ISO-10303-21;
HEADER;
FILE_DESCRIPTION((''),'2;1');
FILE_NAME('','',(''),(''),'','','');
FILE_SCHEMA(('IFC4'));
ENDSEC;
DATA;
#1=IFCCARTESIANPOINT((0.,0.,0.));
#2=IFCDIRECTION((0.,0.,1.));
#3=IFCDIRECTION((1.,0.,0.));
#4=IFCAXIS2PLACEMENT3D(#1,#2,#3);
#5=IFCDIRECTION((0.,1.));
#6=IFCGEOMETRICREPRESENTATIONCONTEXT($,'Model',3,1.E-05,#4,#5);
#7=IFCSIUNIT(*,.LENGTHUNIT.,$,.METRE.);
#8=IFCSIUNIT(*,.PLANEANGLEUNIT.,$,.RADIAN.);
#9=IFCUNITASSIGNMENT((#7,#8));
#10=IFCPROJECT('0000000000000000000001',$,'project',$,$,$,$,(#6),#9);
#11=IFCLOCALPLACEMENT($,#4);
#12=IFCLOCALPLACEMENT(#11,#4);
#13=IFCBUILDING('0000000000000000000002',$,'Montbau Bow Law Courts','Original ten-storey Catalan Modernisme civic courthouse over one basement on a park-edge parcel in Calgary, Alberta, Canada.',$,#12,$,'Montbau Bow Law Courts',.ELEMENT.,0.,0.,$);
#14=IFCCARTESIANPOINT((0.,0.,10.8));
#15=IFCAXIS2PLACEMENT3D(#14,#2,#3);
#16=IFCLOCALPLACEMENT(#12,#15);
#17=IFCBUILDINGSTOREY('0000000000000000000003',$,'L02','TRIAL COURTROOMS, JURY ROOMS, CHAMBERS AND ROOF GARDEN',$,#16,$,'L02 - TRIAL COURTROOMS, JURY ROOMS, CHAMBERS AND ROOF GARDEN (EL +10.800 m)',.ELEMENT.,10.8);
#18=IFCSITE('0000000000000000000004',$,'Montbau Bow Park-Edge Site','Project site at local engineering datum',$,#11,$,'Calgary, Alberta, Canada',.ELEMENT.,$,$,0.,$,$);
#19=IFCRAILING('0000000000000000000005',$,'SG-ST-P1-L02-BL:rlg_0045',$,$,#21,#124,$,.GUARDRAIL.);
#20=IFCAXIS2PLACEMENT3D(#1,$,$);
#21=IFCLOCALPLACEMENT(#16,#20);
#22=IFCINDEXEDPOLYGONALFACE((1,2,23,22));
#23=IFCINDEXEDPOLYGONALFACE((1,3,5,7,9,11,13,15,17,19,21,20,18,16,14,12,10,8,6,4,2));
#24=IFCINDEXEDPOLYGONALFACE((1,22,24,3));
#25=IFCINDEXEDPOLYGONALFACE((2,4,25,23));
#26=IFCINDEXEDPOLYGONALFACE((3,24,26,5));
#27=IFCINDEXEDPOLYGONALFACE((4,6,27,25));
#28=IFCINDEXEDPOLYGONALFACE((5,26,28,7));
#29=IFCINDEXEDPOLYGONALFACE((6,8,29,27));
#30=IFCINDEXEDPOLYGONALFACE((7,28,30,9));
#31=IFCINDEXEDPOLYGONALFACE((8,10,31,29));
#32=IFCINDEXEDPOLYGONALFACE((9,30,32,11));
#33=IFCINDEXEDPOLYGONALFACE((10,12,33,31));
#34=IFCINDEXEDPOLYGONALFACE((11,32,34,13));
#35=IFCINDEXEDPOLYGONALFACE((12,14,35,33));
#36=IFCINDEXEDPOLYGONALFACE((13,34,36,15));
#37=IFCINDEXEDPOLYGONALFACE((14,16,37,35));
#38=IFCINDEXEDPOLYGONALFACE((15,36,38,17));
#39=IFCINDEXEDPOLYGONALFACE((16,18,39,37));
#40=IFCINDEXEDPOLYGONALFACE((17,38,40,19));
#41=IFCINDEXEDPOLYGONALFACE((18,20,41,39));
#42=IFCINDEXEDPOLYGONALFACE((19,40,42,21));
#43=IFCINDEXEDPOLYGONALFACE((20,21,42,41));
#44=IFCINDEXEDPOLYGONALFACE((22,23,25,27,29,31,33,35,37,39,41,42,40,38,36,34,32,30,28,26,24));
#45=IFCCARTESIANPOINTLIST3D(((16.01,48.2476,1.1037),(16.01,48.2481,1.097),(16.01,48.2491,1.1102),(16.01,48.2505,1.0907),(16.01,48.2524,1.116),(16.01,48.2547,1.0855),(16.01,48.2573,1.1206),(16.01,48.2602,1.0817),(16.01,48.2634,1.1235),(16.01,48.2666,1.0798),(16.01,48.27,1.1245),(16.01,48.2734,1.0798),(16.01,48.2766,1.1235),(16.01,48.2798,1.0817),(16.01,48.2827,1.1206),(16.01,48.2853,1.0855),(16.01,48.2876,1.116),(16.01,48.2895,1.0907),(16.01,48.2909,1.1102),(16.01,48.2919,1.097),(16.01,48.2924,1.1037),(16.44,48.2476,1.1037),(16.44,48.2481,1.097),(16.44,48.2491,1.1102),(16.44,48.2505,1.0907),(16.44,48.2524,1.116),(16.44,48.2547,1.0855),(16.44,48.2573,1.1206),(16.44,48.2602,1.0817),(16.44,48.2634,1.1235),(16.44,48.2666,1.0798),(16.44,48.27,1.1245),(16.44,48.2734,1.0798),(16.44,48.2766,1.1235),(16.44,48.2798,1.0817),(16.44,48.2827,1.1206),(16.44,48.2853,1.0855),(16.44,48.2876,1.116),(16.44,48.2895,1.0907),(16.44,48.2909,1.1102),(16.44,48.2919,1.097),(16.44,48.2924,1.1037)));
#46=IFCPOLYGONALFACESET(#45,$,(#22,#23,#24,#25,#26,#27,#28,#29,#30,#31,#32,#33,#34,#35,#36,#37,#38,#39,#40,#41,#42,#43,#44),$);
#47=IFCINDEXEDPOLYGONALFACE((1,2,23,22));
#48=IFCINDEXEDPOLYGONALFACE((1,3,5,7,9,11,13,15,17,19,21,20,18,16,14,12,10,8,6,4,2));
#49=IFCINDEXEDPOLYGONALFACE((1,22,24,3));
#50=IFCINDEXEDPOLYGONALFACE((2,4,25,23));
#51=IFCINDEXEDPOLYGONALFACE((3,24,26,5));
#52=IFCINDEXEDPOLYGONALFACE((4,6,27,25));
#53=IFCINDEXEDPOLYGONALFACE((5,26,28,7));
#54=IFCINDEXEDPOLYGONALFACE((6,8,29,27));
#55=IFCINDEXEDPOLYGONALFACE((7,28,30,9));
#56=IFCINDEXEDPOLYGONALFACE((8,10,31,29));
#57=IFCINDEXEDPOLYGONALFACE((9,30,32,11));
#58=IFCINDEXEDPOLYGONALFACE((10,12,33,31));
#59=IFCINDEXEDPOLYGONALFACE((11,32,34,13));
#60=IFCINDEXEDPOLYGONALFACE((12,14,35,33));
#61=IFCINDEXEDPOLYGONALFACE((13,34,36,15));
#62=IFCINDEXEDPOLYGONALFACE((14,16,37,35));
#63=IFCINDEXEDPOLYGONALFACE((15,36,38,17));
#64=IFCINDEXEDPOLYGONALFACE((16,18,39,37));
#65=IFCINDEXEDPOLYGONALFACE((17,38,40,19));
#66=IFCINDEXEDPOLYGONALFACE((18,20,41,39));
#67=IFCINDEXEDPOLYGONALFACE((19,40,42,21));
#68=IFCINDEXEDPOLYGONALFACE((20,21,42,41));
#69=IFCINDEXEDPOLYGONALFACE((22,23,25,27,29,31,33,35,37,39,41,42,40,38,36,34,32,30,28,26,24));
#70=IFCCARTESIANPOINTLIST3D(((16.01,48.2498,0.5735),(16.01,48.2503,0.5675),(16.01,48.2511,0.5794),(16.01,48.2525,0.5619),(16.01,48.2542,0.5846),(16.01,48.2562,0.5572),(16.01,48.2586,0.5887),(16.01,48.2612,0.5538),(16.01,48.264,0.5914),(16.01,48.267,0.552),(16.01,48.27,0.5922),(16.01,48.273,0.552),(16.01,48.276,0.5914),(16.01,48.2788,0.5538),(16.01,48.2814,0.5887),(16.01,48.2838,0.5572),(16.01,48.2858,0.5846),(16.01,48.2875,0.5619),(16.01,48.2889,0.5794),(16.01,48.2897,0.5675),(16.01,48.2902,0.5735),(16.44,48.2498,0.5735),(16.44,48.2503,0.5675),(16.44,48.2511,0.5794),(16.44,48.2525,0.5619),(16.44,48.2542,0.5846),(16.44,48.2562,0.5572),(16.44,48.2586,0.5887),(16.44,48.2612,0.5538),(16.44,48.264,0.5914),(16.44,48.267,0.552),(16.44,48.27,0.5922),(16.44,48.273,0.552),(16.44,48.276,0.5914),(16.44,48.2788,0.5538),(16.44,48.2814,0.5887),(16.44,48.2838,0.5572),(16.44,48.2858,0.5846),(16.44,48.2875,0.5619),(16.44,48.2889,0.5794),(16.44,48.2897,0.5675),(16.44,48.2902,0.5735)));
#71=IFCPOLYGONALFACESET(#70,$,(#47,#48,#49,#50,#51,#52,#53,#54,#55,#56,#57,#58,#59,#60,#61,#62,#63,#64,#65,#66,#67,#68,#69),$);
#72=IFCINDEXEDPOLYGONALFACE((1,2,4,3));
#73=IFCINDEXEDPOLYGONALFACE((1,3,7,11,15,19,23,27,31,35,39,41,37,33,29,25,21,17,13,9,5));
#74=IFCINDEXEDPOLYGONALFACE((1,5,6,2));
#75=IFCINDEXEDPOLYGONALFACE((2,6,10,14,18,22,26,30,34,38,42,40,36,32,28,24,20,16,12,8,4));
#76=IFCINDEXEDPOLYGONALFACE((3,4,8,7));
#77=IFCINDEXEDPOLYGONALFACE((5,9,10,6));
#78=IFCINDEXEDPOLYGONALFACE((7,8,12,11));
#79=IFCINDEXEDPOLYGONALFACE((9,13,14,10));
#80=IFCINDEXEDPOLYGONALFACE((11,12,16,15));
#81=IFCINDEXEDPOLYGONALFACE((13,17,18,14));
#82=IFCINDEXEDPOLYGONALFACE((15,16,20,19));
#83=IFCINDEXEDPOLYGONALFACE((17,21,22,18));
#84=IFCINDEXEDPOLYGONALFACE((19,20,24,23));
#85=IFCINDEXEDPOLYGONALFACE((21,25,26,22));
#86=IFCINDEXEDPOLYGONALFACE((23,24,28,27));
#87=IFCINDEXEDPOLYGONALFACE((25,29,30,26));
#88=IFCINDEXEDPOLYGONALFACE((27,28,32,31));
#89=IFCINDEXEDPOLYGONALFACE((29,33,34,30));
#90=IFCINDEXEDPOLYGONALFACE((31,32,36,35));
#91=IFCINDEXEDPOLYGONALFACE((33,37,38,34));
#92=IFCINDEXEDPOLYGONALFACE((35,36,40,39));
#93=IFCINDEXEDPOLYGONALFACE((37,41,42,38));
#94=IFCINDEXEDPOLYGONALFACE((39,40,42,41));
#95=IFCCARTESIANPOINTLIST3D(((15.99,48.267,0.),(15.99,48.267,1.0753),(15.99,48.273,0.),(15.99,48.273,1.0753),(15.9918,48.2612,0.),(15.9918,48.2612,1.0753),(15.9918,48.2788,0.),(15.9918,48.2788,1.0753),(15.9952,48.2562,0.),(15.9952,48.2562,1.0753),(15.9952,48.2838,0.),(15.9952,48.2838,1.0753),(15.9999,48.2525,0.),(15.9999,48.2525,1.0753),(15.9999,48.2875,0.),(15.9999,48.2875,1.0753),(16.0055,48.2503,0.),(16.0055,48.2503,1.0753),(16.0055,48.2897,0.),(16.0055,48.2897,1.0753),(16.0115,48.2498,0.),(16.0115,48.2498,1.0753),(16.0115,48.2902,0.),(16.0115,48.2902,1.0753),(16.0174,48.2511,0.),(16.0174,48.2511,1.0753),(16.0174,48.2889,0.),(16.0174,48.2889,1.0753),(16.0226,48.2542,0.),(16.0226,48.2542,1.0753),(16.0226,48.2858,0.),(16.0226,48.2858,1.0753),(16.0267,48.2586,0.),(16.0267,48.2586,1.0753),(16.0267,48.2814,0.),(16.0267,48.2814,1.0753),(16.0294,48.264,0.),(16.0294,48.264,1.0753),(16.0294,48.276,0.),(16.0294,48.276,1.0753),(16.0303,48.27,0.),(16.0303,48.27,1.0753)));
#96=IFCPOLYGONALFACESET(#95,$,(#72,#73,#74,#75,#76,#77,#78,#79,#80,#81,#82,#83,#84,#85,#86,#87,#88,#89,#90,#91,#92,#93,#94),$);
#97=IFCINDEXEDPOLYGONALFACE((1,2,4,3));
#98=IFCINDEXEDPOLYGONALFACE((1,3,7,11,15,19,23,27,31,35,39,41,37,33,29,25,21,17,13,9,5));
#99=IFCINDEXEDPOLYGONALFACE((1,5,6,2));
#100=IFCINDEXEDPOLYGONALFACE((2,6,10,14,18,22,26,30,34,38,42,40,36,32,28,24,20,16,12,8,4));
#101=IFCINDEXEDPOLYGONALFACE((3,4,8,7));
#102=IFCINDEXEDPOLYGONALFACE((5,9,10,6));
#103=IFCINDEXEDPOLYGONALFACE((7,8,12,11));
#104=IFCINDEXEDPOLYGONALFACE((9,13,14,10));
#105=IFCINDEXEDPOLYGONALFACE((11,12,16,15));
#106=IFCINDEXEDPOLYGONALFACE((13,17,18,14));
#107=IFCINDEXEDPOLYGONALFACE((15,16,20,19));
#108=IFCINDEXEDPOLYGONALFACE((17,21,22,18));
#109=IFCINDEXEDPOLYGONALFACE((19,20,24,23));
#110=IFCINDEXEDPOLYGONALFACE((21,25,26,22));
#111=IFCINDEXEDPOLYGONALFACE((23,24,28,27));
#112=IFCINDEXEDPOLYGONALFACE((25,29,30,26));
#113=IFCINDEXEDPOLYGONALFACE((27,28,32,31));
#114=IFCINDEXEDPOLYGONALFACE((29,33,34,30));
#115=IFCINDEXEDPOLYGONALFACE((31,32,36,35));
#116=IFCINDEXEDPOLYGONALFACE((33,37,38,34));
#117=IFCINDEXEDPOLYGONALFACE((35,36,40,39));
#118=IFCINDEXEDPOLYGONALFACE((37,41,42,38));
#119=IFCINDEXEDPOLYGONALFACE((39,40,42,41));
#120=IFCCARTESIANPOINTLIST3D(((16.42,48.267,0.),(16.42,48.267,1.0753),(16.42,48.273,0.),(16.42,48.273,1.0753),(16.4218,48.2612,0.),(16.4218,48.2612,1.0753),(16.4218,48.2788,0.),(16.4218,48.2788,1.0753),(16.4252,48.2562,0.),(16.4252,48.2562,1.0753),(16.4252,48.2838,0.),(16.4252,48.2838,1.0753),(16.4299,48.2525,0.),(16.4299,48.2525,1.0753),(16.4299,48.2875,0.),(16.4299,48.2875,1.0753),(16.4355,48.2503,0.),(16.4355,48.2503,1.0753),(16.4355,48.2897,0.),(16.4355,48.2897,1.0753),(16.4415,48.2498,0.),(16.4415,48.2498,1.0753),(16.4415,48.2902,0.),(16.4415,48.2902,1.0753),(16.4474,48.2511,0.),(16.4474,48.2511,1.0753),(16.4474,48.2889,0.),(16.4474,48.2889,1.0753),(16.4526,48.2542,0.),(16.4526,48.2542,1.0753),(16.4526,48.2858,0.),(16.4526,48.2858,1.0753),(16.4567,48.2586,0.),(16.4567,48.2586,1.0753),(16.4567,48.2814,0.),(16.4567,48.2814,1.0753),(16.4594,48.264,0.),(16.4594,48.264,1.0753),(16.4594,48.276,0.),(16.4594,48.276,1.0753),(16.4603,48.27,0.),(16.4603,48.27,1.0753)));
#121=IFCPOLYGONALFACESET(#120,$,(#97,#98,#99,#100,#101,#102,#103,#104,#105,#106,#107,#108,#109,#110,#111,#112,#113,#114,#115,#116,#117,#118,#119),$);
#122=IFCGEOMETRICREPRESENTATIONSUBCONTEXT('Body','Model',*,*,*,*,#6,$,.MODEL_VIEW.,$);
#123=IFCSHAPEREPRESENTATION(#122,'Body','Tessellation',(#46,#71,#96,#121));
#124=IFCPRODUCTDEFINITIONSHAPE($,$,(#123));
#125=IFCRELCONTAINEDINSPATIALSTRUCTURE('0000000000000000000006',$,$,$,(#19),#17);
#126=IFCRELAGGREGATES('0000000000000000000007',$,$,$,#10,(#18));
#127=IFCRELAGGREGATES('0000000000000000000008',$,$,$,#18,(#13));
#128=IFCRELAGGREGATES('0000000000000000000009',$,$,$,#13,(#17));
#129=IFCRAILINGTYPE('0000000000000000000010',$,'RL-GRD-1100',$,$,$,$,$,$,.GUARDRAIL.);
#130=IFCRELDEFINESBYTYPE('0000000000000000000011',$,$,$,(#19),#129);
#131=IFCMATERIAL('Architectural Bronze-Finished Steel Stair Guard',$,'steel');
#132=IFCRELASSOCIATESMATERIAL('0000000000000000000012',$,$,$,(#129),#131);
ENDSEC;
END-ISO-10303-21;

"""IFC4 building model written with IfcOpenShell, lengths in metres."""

from ifc_helpers import new_model, si_unit, direction, frame, origin_with_axes, origin_2d_with_axis, place, context, subcontext, project, spatial, circle, extrude, material, type_object, element, save


model = new_model("IFC4")

# Units and contexts
model_context = context("Model", 3, precision=1e-05, world=origin_with_axes(), true_north=direction((0.0, 1.0)))
body_context = subcontext(model_context, "Body", "Model", "MODEL_VIEW")
ifc_project = project(units=[si_unit("LENGTHUNIT", "METRE"), si_unit("PLANEANGLEUNIT", "RADIAN")], contexts=[model_context])

# Site, building, storey
site_placement = place(None, origin_with_axes())
site = spatial("IfcSite", under=ifc_project, at=site_placement, Name="Montbau Bow Park-Edge Site", Description="Project site at local engineering datum", LongName="Calgary, Alberta, Canada", CompositionType="ELEMENT", RefElevation=0.0)
building_placement = place(site_placement, origin_with_axes())
building = spatial("IfcBuilding", under=site, at=building_placement, Name="Montbau Bow Law Courts", Description="Original ten-storey Catalan Modernisme civic courthouse over one basement on a park-edge parcel in Calgary, Alberta, Canada.", LongName="Montbau Bow Law Courts", CompositionType="ELEMENT", ElevationOfRefHeight=0.0, ElevationOfTerrain=0.0)
storey_placement = place(building_placement, frame((0.0, 0.0, 10.8), z_axis=(0.0, 0.0, 1.0), x_axis=(1.0, 0.0, 0.0)))
storey = spatial("IfcBuildingStorey", under=building, at=storey_placement, Name="L02", Description="TRIAL COURTROOMS, JURY ROOMS, CHAMBERS AND ROOF GARDEN", LongName="L02 - TRIAL COURTROOMS, JURY ROOMS, CHAMBERS AND ROOF GARDEN (EL +10.800 m)", CompositionType="ELEMENT", Elevation=10.8)

# Railing
ifc_material_1 = material(Name="Architectural Bronze-Finished Steel Stair Guard", Category="steel")
railing_type_1 = type_object("IfcRailingType", Name="RL-GRD-1100", PredefinedType="GUARDRAIL", material=ifc_material_1)
railing_1_placement = place(None, origin_with_axes())
element("IfcRailing", 1, at=railing_1_placement, inside=storey, type_object=railing_type_1, Name="SG-ST-P1-L02-BL:rlg_0045", PredefinedType="GUARDRAIL", context=body_context, shape_type="SweptSolid", body=[
    extrude(circle(Radius=0.0225, at=origin_2d_with_axis()), frame((16.01, 48.27, 11.902), z_axis=(1.0, 0.0, 0.0), x_axis=(0.0, 0.0, 1.0)), (0.0, 0.0, 1.0), 0.43),
    extrude(circle(Radius=0.0203, at=origin_2d_with_axis()), frame((16.01, 48.27, 11.372), z_axis=(1.0, 0.0, 0.0), x_axis=(0.0, 0.0, 1.0)), (0.0, 0.0, 1.0), 0.43),
    extrude(circle(Radius=0.0203, at=origin_2d_with_axis()), frame((16.01, 48.27, 10.8), z_axis=(0.0, 0.0, 1.0), x_axis=(1.0, 0.0, 0.0)), (0.0, 0.0, 1.0), 1.0753),
    extrude(circle(Radius=0.0203, at=origin_2d_with_axis()), frame((16.44, 48.27, 10.8), z_axis=(0.0, 0.0, 1.0), x_axis=(1.0, 0.0, 0.0)), (0.0, 0.0, 1.0), 1.0753),
])

save(model, "model.ifc")
